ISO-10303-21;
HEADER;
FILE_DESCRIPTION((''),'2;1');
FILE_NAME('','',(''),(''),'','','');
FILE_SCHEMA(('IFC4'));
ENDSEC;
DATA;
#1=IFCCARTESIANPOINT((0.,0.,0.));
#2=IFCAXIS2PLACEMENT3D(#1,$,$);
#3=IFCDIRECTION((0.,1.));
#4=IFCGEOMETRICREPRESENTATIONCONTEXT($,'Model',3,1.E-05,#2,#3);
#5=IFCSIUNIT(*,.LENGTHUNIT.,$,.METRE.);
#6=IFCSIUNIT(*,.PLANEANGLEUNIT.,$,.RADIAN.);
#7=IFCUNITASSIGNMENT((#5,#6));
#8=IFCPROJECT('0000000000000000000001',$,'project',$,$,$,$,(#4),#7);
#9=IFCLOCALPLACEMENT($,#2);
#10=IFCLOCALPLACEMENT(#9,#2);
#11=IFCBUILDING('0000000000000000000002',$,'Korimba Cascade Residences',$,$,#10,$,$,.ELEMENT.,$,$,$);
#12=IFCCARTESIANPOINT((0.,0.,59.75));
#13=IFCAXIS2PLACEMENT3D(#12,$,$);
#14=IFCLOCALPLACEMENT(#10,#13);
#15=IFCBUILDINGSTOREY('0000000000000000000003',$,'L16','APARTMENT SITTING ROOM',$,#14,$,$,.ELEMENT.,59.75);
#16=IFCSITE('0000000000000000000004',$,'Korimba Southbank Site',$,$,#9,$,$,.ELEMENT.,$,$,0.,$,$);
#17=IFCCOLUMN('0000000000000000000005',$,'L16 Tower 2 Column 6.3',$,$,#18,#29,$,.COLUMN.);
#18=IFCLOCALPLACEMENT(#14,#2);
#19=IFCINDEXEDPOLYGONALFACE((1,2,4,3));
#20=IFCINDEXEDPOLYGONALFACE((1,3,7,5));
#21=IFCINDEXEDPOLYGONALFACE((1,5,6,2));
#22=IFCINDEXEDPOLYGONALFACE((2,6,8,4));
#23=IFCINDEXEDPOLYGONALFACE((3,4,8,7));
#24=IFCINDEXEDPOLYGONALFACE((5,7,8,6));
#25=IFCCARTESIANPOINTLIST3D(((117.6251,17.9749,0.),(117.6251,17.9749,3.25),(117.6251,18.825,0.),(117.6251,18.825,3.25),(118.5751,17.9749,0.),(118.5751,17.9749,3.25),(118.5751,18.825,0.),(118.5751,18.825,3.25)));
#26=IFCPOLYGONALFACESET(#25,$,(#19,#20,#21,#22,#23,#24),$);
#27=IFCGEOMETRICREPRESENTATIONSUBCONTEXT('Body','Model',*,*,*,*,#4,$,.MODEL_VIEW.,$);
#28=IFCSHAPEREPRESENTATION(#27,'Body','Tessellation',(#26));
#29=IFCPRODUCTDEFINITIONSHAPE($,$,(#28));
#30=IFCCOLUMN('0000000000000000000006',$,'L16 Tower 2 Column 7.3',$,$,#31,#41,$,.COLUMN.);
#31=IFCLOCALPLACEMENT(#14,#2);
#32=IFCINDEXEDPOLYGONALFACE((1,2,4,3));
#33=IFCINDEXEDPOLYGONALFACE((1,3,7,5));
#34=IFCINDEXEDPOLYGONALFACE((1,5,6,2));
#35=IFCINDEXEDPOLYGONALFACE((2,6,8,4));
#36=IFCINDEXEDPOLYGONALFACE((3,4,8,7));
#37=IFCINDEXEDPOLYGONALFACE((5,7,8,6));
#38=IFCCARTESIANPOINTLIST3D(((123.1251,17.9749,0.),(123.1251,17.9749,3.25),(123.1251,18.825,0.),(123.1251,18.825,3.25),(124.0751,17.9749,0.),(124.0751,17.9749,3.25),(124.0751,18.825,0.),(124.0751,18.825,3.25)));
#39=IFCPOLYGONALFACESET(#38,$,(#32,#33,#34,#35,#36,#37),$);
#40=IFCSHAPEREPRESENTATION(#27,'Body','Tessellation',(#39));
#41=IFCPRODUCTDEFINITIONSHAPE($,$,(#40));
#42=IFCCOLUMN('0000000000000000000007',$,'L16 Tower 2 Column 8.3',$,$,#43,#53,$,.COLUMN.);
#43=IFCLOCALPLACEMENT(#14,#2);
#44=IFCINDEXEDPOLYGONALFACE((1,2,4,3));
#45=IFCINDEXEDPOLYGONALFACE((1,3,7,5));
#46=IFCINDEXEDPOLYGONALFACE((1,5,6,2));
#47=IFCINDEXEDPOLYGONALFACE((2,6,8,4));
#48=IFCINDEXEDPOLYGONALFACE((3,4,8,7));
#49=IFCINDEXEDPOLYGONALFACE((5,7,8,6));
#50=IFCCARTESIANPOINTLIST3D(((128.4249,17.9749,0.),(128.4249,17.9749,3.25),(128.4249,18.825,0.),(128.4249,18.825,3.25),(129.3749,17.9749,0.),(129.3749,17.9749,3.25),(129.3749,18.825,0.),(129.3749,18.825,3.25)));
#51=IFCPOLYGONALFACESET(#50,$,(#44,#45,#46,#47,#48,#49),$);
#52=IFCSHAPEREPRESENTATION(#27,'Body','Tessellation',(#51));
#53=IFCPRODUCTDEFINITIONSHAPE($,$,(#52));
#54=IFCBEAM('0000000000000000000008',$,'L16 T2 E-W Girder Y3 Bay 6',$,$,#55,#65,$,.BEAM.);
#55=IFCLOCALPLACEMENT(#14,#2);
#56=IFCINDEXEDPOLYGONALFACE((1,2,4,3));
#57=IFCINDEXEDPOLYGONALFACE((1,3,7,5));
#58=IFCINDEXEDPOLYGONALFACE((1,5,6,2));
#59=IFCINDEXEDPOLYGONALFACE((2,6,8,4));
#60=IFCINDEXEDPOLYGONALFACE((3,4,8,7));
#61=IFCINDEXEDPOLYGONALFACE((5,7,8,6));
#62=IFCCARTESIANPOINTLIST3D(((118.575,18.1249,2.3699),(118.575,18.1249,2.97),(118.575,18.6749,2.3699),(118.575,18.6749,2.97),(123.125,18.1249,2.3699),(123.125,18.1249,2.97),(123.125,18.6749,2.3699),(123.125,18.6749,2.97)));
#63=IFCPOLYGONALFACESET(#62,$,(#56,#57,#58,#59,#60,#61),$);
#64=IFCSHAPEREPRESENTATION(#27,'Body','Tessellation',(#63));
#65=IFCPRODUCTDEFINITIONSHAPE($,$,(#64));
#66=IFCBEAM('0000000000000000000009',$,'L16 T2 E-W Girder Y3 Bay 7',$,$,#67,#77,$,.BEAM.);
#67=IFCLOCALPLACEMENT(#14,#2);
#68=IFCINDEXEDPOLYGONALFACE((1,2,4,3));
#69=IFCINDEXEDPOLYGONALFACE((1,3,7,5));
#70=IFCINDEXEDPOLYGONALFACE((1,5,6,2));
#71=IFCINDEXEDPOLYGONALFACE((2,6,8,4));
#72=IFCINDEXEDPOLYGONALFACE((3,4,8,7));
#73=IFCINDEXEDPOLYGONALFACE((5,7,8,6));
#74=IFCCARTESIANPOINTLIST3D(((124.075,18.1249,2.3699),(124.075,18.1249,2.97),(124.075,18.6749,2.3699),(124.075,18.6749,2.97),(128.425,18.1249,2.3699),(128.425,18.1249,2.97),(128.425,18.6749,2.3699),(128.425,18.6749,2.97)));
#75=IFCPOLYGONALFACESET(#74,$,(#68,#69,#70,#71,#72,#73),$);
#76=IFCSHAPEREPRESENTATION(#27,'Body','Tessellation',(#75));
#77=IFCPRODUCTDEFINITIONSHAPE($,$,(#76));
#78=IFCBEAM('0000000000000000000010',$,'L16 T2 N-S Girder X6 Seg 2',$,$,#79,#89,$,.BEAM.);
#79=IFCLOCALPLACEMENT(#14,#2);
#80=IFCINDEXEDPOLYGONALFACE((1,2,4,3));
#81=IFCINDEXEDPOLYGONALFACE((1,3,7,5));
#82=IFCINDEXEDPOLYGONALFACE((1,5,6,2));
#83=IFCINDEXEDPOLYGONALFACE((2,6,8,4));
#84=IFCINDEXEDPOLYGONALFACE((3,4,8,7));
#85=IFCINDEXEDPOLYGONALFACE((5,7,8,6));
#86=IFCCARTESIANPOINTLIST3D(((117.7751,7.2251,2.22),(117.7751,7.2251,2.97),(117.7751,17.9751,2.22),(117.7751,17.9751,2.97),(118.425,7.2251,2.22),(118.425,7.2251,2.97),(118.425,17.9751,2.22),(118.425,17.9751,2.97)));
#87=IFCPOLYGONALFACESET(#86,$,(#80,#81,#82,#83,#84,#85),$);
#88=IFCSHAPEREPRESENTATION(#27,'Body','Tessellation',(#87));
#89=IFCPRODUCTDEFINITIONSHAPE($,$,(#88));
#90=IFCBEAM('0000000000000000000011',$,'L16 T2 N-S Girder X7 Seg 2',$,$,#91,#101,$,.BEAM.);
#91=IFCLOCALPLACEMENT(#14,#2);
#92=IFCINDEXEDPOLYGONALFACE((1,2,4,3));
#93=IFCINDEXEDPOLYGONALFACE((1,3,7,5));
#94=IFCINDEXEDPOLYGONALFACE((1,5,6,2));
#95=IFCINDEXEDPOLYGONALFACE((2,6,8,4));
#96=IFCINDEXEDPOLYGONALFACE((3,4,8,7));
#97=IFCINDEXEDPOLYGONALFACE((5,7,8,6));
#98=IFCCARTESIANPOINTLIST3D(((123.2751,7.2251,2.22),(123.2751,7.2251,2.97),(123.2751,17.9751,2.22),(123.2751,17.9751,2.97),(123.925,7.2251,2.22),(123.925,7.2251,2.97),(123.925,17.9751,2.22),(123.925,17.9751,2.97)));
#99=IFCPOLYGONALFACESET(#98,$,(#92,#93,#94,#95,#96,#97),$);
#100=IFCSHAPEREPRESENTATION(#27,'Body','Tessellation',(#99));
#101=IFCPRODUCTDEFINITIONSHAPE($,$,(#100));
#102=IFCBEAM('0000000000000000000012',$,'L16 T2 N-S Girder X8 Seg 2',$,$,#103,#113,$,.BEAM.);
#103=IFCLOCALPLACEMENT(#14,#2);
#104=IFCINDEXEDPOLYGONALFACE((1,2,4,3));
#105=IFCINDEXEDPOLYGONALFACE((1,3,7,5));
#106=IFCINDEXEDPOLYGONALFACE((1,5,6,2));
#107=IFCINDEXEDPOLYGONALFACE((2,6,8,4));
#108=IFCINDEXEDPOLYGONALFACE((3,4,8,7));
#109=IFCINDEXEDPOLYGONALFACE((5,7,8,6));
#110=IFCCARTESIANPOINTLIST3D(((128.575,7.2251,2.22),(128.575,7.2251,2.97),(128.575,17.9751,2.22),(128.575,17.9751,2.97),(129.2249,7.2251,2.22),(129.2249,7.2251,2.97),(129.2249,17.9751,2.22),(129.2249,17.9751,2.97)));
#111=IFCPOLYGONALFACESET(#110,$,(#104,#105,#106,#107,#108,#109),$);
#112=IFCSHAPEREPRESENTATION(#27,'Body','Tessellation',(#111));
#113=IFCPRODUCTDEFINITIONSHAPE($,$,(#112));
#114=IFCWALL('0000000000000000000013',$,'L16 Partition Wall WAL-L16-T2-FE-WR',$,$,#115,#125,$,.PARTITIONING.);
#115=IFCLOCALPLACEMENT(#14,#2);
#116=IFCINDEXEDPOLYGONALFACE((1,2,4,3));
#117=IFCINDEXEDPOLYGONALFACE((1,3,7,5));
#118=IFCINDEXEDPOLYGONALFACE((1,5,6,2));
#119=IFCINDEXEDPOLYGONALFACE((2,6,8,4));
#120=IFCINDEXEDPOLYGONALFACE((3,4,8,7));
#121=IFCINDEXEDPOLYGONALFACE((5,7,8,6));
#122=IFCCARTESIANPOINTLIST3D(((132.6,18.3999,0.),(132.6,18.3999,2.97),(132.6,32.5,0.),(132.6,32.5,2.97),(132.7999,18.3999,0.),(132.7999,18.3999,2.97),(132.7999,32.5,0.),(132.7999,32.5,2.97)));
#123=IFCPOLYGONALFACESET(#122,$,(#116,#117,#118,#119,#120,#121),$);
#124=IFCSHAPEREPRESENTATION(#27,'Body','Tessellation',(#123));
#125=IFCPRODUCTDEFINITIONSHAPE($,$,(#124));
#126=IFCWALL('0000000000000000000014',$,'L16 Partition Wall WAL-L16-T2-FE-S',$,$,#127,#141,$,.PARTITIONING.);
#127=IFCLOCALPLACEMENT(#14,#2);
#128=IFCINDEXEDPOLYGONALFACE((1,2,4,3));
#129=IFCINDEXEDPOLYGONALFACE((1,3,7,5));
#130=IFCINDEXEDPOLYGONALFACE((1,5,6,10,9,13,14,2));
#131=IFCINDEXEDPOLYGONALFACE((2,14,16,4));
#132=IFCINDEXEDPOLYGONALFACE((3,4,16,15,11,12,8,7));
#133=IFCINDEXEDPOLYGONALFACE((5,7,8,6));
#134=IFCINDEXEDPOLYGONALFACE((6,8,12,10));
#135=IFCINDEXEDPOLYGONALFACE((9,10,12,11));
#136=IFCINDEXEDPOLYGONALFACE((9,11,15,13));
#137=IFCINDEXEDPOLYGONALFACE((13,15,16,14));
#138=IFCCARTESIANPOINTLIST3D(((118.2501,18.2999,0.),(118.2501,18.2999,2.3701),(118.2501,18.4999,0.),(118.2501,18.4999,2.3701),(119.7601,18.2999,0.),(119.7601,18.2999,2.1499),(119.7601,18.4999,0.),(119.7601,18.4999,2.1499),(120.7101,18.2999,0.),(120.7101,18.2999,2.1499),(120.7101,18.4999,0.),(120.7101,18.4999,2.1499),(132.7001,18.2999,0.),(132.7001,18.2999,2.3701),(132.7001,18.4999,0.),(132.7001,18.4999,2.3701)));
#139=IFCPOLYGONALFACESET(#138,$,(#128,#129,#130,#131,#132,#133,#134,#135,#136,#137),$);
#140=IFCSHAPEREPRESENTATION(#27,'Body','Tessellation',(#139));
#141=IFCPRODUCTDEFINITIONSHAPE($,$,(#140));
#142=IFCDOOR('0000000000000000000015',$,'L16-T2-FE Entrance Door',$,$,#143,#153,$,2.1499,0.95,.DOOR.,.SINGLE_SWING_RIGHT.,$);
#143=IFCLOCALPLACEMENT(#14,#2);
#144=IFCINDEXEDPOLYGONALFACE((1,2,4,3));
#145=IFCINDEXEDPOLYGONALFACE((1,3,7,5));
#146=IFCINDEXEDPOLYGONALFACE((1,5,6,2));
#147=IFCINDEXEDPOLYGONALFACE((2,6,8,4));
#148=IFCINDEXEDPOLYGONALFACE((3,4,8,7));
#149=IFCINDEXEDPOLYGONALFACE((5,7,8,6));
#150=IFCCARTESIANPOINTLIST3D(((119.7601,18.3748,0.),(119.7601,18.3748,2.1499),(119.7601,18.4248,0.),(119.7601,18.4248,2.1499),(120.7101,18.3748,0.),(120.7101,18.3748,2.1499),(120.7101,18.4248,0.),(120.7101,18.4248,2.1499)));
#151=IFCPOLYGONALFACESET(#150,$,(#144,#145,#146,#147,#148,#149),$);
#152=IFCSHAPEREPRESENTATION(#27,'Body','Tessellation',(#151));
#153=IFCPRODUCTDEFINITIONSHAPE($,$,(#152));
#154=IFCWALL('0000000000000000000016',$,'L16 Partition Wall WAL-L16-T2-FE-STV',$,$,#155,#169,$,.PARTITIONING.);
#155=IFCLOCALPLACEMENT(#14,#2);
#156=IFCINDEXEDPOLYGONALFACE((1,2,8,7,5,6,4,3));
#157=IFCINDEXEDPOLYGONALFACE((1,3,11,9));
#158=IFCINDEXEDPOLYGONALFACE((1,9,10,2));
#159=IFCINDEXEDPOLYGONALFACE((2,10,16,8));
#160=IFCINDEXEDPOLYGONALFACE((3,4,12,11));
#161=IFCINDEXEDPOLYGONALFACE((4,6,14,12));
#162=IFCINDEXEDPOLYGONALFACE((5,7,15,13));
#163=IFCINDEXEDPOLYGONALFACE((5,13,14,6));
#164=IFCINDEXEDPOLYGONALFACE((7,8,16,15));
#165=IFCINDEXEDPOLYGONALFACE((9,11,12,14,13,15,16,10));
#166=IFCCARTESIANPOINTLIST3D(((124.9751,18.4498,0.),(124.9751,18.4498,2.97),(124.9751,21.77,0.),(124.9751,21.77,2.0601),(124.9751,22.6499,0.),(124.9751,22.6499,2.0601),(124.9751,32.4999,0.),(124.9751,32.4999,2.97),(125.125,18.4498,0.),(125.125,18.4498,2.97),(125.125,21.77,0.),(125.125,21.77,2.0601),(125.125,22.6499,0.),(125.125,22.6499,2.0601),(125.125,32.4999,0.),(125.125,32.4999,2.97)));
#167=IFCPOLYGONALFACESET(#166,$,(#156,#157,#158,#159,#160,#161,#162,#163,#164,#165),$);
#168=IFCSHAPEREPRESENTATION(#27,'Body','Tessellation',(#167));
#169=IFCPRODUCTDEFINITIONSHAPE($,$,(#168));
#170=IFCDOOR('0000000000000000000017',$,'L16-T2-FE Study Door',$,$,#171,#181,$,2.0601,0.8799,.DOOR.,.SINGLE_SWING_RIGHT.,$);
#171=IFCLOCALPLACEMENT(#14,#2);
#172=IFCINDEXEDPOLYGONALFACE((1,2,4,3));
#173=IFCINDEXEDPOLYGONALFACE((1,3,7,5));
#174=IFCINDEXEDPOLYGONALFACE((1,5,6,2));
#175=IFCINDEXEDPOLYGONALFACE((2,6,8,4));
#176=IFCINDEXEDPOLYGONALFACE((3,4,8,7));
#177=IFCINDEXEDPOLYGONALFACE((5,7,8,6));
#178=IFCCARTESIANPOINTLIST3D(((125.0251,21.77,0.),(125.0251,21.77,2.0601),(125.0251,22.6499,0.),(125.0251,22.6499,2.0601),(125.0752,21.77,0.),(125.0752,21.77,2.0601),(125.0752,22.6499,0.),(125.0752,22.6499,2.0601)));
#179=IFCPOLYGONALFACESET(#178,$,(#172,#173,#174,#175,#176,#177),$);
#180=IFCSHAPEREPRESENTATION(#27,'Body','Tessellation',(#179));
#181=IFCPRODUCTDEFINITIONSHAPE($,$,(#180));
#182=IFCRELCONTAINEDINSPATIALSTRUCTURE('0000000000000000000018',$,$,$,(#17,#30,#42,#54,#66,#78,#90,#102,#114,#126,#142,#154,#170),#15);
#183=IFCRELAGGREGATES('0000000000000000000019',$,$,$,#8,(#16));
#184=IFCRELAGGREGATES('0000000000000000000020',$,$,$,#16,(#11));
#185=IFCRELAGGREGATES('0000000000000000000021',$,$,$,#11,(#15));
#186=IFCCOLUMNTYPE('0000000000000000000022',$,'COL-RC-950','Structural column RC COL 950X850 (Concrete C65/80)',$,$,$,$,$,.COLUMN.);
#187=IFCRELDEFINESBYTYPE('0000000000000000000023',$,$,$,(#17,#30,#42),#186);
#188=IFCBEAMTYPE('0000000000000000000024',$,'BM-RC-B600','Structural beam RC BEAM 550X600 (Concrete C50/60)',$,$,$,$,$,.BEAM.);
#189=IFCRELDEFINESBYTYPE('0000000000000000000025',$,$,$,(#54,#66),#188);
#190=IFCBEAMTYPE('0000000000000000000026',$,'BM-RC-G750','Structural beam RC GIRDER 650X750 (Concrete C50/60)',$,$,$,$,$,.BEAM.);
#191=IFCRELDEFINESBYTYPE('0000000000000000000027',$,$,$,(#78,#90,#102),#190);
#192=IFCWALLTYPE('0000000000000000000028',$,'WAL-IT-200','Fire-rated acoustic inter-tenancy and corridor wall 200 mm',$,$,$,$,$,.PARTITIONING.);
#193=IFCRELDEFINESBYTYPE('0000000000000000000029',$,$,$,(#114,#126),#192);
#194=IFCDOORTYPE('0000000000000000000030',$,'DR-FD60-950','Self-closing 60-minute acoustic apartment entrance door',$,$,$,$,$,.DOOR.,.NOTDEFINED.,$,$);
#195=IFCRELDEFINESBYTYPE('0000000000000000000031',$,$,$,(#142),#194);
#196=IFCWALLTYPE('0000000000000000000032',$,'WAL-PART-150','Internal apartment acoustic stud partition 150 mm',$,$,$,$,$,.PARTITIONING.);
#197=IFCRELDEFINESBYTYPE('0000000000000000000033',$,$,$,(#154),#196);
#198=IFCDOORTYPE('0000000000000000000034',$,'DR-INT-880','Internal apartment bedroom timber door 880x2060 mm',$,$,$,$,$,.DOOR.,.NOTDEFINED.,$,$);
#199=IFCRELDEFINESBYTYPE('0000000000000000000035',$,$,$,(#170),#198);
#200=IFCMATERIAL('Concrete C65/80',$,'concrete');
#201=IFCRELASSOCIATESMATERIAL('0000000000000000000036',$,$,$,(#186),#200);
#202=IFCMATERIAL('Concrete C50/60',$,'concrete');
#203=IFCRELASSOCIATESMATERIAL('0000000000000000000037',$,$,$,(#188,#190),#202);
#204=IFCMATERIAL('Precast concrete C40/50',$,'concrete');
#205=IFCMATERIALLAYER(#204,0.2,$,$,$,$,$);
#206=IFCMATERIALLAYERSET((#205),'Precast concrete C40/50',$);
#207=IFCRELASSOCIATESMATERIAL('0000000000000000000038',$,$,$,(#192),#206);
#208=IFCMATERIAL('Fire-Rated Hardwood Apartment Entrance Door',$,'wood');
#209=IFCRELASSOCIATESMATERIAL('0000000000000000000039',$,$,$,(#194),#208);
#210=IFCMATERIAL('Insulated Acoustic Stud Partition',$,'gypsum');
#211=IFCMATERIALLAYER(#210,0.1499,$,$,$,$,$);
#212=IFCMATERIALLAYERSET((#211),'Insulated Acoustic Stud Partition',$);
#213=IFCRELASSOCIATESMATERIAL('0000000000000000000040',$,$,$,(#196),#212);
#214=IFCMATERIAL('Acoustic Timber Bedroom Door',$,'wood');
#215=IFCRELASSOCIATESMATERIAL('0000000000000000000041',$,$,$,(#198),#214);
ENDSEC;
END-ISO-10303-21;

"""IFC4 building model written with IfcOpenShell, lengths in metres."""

from ifc_helpers import new_model, si_unit, direction, frame, frame_2d, origin, origin_2d, place, context, subcontext, project, spatial, rectangle, extrude, material, layer, layer_set, material_profile, profile_set, type_object, element, fill, save


model = new_model("IFC4")

# Units and contexts
model_context = context("Model", 3, precision=1e-05, world=origin(), true_north=direction((0.0, 1.0)))
body_context = subcontext(model_context, "Body", "Model", "MODEL_VIEW")
ifc_project = project(units=[si_unit("LENGTHUNIT", "METRE"), si_unit("PLANEANGLEUNIT", "RADIAN")], contexts=[model_context])

# Site, building, storey
site_placement = place(None, origin())
site = spatial("IfcSite", under=ifc_project, at=site_placement, Name="Korimba Southbank Site", CompositionType="ELEMENT", RefElevation=0.0)
building_placement = place(site_placement, origin())
building = spatial("IfcBuilding", under=site, at=building_placement, Name="Korimba Cascade Residences", CompositionType="ELEMENT")
storey_placement = place(building_placement, frame((0.0, 0.0, 59.75)))
storey = spatial("IfcBuildingStorey", under=building, at=storey_placement, Name="L16", Description="APARTMENT SITTING ROOM", CompositionType="ELEMENT", Elevation=59.75)

# Columns
ifc_material_1 = material(Name="Concrete C65/80", Category="concrete")
ifc_material_profile_1 = material_profile(ifc_material_1, rectangle(XDim=0.95, YDim=0.8501, at=origin_2d()), Name="Concrete C65/80")
ifc_profile_set_1 = profile_set([ifc_material_profile_1], Name="Concrete C65/80")
column_type = type_object("IfcColumnType", Name="COL-RC-950", Description="Structural column RC COL 950X850 (Concrete C65/80)", PredefinedType="COLUMN", material=ifc_profile_set_1)
for number, where, z_axis, x_axis, name in (
    (1, (118.1001, 18.3999, 0.0), (0.0, 0.0, 1.0), (1.0, 0.0, 0.0), "L16 Tower 2 Column 6.3"),
    (2, (123.6001, 18.3999, 0.0), (0.0, 0.0, 1.0), (1.0, 0.0, 0.0), "L16 Tower 2 Column 7.3"),
    (3, (128.8999, 18.3999, 0.0), (0.0, 0.0, 1.0), (1.0, 0.0, 0.0), "L16 Tower 2 Column 8.3"),
):
    element("IfcColumn", number, at=place(storey_placement, frame(where, z_axis=z_axis, x_axis=x_axis)), inside=storey, type_object=column_type, Name=name, PredefinedType="COLUMN", context=body_context, shape_type="SweptSolid", body=[
        extrude(rectangle(XDim=0.95, YDim=0.8501, at=origin_2d()), origin(), (0.0, 0.0, 1.0), 3.25),
    ])

# Beams
ifc_material_2 = material(Name="Concrete C50/60", Category="concrete")
ifc_material_profile_2 = material_profile(ifc_material_2, rectangle(XDim=0.55, YDim=0.6001, at=origin_2d()), Name="Concrete C50/60")
ifc_profile_set_2 = profile_set([ifc_material_profile_2], Name="Concrete C50/60")
beam_type_1 = type_object("IfcBeamType", Name="BM-RC-B600", Description="Structural beam RC BEAM 550X600 (Concrete C50/60)", PredefinedType="BEAM", material=ifc_profile_set_2)
beam_1_placement = place(storey_placement, frame((118.575, 18.3999, 2.6699), z_axis=(1.0, 0.0, 0.0), x_axis=(0.0, 1.0, 0.0)))
element("IfcBeam", 4, at=beam_1_placement, inside=storey, type_object=beam_type_1, Name="L16 T2 E-W Girder Y3 Bay 6", PredefinedType="BEAM", context=body_context, shape_type="SweptSolid", body=[
    extrude(rectangle(XDim=0.55, YDim=0.6001, at=origin_2d()), origin(), (0.0, 0.0, 1.0), 4.55),
])
beam_2_placement = place(storey_placement, frame((124.075, 18.3999, 2.6699), z_axis=(1.0, 0.0, 0.0), x_axis=(0.0, 1.0, 0.0)))
element("IfcBeam", 5, at=beam_2_placement, inside=storey, type_object=beam_type_1, Name="L16 T2 E-W Girder Y3 Bay 7", PredefinedType="BEAM", context=body_context, shape_type="SweptSolid", body=[
    extrude(rectangle(XDim=0.55, YDim=0.6001, at=origin_2d()), origin(), (0.0, 0.0, 1.0), 4.3501),
])
ifc_material_profile_3 = material_profile(ifc_material_2, rectangle(XDim=0.6499, YDim=0.75, at=origin_2d()), Name="Concrete C50/60")
ifc_profile_set_3 = profile_set([ifc_material_profile_3], Name="Concrete C50/60")
beam_type_2 = type_object("IfcBeamType", Name="BM-RC-G750", Description="Structural beam RC GIRDER 650X750 (Concrete C50/60)", PredefinedType="BEAM", material=ifc_profile_set_3)
for number, where, z_axis, x_axis, name in (
    (6, (118.1001, 7.2251, 2.595), (0.0, 1.0, 0.0), (-1.0, 0.0, 0.0), "L16 T2 N-S Girder X6 Seg 2"),
    (7, (123.6001, 7.2251, 2.595), (0.0, 1.0, 0.0), (-1.0, 0.0, 0.0), "L16 T2 N-S Girder X7 Seg 2"),
    (8, (128.8999, 7.2251, 2.595), (0.0, 1.0, 0.0), (-1.0, 0.0, 0.0), "L16 T2 N-S Girder X8 Seg 2"),
):
    element("IfcBeam", number, at=place(storey_placement, frame(where, z_axis=z_axis, x_axis=x_axis)), inside=storey, type_object=beam_type_2, Name=name, PredefinedType="BEAM", context=body_context, shape_type="SweptSolid", body=[
        extrude(rectangle(XDim=0.6499, YDim=0.75, at=origin_2d()), origin(), (0.0, 0.0, 1.0), 10.75),
    ])

# Wall
ifc_material_3 = material(Name="Precast concrete C40/50", Category="concrete")
ifc_layer_1 = layer(ifc_material_3, 0.2)
ifc_layer_set_1 = layer_set([ifc_layer_1], Name="Precast concrete C40/50")
wall_type_1 = type_object("IfcWallType", Name="WAL-IT-200", Description="Fire-rated acoustic inter-tenancy and corridor wall 200 mm", PredefinedType="PARTITIONING", material=ifc_layer_set_1)
wall_1_placement = place(storey_placement, frame((132.7, 18.3999, 0.0), z_axis=(0.0, 0.0, 1.0), x_axis=(0.0, 1.0, 0.0)))
element("IfcWall", 9, at=wall_1_placement, inside=storey, type_object=wall_type_1, Name="L16 Partition Wall WAL-L16-T2-FE-WR", PredefinedType="PARTITIONING", context=body_context, shape_type="SweptSolid", body=[
    extrude(rectangle(XDim=14.1001, YDim=0.2, at=frame_2d((7.05, 0.0))), origin(), (0.0, 0.0, 1.0), 2.97),
])

# Walls, openings, doors
wall_2_placement = place(storey_placement, frame((118.25, 18.3999, 0.0), z_axis=(0.0, 0.0, 1.0), x_axis=(1.0, 0.0, 0.0)))
wall_2 = element("IfcWall", 10, at=wall_2_placement, inside=storey, type_object=wall_type_1, Name="L16 Partition Wall WAL-L16-T2-FE-S", PredefinedType="PARTITIONING", context=body_context, shape_type="SweptSolid", body=[
    extrude(rectangle(XDim=14.45, YDim=0.2, at=frame_2d((7.2251, 0.0))), origin(), (0.0, 0.0, 1.0), 2.3701),
])
opening_1_placement = place(wall_2_placement, frame((1.51, 0.0, 0.0)))
opening_1 = element("IfcOpeningElement", 11, at=opening_1_placement, cuts=wall_2, PredefinedType="OPENING", context=body_context, shape_type="SweptSolid", body=[
    extrude(rectangle(XDim=0.95, YDim=2.1499, at=frame_2d((0.4751, 1.075))), frame((0.0, 0.1099, 0.0), z_axis=(0.0, -1.0, 0.0), x_axis=(1.0, 0.0, 0.0)), (0.0, 0.0, 1.0), 0.22),
])
ifc_material_4 = material(Name="Fire-Rated Hardwood Apartment Entrance Door", Category="wood")
door_type_1 = type_object("IfcDoorType", Name="DR-FD60-950", Description="Self-closing 60-minute acoustic apartment entrance door", OperationType="NOTDEFINED", PredefinedType="DOOR", material=ifc_material_4)
door_1_placement = place(opening_1_placement, origin())
door_1 = element("IfcDoor", 12, at=door_1_placement, inside=storey, type_object=door_type_1, Name="L16-T2-FE Entrance Door", OperationType="SINGLE_SWING_RIGHT", OverallHeight=2.1499, OverallWidth=0.95, PredefinedType="DOOR", context=body_context, shape_type="SweptSolid", body=[
    extrude(rectangle(XDim=0.95, YDim=2.1499, at=frame_2d((0.4751, 1.075))), frame((0.0, 0.0249, 0.0), z_axis=(0.0, -1.0, 0.0), x_axis=(1.0, 0.0, 0.0)), (0.0, 0.0, 1.0), 0.05),
])
fill(opening_1, door_1)
ifc_material_5 = material(Name="Insulated Acoustic Stud Partition", Category="gypsum")
ifc_layer_2 = layer(ifc_material_5, 0.1499)
ifc_layer_set_2 = layer_set([ifc_layer_2], Name="Insulated Acoustic Stud Partition")
wall_type_2 = type_object("IfcWallType", Name="WAL-PART-150", Description="Internal apartment acoustic stud partition 150 mm", PredefinedType="PARTITIONING", material=ifc_layer_set_2)
wall_3_placement = place(storey_placement, frame((125.05, 18.45, 0.0), z_axis=(0.0, 0.0, 1.0), x_axis=(0.0, 1.0, 0.0)))
wall_3 = element("IfcWall", 13, at=wall_3_placement, inside=storey, type_object=wall_type_2, Name="L16 Partition Wall WAL-L16-T2-FE-STV", PredefinedType="PARTITIONING", context=body_context, shape_type="SweptSolid", body=[
    extrude(rectangle(XDim=14.05, YDim=0.1499, at=frame_2d((7.0249, 0.0))), origin(), (0.0, 0.0, 1.0), 2.97),
])
opening_2_placement = place(wall_3_placement, frame((3.3201, 0.0, 0.0)))
opening_2 = element("IfcOpeningElement", 14, at=opening_2_placement, cuts=wall_3, PredefinedType="OPENING", context=body_context, shape_type="SweptSolid", body=[
    extrude(rectangle(XDim=0.8799, YDim=2.0601, at=frame_2d((0.4399, 1.03))), frame((0.0, 0.085, 0.0), z_axis=(0.0, -1.0, 0.0), x_axis=(1.0, 0.0, 0.0)), (0.0, 0.0, 1.0), 0.1699),
])
ifc_material_6 = material(Name="Acoustic Timber Bedroom Door", Category="wood")
door_type_2 = type_object("IfcDoorType", Name="DR-INT-880", Description="Internal apartment bedroom timber door 880x2060 mm", OperationType="NOTDEFINED", PredefinedType="DOOR", material=ifc_material_6)
door_2_placement = place(opening_2_placement, origin())
door_2 = element("IfcDoor", 15, at=door_2_placement, inside=storey, type_object=door_type_2, Name="L16-T2-FE Study Door", OperationType="SINGLE_SWING_RIGHT", OverallHeight=2.0601, OverallWidth=0.8799, PredefinedType="DOOR", context=body_context, shape_type="SweptSolid", body=[
    extrude(rectangle(XDim=0.8799, YDim=2.0601, at=frame_2d((0.4399, 1.03))), frame((0.0, 0.0249, 0.0), z_axis=(0.0, -1.0, 0.0), x_axis=(1.0, 0.0, 0.0)), (0.0, 0.0, 1.0), 0.05),
])
fill(opening_2, door_2)

save(model, "model.ifc")
